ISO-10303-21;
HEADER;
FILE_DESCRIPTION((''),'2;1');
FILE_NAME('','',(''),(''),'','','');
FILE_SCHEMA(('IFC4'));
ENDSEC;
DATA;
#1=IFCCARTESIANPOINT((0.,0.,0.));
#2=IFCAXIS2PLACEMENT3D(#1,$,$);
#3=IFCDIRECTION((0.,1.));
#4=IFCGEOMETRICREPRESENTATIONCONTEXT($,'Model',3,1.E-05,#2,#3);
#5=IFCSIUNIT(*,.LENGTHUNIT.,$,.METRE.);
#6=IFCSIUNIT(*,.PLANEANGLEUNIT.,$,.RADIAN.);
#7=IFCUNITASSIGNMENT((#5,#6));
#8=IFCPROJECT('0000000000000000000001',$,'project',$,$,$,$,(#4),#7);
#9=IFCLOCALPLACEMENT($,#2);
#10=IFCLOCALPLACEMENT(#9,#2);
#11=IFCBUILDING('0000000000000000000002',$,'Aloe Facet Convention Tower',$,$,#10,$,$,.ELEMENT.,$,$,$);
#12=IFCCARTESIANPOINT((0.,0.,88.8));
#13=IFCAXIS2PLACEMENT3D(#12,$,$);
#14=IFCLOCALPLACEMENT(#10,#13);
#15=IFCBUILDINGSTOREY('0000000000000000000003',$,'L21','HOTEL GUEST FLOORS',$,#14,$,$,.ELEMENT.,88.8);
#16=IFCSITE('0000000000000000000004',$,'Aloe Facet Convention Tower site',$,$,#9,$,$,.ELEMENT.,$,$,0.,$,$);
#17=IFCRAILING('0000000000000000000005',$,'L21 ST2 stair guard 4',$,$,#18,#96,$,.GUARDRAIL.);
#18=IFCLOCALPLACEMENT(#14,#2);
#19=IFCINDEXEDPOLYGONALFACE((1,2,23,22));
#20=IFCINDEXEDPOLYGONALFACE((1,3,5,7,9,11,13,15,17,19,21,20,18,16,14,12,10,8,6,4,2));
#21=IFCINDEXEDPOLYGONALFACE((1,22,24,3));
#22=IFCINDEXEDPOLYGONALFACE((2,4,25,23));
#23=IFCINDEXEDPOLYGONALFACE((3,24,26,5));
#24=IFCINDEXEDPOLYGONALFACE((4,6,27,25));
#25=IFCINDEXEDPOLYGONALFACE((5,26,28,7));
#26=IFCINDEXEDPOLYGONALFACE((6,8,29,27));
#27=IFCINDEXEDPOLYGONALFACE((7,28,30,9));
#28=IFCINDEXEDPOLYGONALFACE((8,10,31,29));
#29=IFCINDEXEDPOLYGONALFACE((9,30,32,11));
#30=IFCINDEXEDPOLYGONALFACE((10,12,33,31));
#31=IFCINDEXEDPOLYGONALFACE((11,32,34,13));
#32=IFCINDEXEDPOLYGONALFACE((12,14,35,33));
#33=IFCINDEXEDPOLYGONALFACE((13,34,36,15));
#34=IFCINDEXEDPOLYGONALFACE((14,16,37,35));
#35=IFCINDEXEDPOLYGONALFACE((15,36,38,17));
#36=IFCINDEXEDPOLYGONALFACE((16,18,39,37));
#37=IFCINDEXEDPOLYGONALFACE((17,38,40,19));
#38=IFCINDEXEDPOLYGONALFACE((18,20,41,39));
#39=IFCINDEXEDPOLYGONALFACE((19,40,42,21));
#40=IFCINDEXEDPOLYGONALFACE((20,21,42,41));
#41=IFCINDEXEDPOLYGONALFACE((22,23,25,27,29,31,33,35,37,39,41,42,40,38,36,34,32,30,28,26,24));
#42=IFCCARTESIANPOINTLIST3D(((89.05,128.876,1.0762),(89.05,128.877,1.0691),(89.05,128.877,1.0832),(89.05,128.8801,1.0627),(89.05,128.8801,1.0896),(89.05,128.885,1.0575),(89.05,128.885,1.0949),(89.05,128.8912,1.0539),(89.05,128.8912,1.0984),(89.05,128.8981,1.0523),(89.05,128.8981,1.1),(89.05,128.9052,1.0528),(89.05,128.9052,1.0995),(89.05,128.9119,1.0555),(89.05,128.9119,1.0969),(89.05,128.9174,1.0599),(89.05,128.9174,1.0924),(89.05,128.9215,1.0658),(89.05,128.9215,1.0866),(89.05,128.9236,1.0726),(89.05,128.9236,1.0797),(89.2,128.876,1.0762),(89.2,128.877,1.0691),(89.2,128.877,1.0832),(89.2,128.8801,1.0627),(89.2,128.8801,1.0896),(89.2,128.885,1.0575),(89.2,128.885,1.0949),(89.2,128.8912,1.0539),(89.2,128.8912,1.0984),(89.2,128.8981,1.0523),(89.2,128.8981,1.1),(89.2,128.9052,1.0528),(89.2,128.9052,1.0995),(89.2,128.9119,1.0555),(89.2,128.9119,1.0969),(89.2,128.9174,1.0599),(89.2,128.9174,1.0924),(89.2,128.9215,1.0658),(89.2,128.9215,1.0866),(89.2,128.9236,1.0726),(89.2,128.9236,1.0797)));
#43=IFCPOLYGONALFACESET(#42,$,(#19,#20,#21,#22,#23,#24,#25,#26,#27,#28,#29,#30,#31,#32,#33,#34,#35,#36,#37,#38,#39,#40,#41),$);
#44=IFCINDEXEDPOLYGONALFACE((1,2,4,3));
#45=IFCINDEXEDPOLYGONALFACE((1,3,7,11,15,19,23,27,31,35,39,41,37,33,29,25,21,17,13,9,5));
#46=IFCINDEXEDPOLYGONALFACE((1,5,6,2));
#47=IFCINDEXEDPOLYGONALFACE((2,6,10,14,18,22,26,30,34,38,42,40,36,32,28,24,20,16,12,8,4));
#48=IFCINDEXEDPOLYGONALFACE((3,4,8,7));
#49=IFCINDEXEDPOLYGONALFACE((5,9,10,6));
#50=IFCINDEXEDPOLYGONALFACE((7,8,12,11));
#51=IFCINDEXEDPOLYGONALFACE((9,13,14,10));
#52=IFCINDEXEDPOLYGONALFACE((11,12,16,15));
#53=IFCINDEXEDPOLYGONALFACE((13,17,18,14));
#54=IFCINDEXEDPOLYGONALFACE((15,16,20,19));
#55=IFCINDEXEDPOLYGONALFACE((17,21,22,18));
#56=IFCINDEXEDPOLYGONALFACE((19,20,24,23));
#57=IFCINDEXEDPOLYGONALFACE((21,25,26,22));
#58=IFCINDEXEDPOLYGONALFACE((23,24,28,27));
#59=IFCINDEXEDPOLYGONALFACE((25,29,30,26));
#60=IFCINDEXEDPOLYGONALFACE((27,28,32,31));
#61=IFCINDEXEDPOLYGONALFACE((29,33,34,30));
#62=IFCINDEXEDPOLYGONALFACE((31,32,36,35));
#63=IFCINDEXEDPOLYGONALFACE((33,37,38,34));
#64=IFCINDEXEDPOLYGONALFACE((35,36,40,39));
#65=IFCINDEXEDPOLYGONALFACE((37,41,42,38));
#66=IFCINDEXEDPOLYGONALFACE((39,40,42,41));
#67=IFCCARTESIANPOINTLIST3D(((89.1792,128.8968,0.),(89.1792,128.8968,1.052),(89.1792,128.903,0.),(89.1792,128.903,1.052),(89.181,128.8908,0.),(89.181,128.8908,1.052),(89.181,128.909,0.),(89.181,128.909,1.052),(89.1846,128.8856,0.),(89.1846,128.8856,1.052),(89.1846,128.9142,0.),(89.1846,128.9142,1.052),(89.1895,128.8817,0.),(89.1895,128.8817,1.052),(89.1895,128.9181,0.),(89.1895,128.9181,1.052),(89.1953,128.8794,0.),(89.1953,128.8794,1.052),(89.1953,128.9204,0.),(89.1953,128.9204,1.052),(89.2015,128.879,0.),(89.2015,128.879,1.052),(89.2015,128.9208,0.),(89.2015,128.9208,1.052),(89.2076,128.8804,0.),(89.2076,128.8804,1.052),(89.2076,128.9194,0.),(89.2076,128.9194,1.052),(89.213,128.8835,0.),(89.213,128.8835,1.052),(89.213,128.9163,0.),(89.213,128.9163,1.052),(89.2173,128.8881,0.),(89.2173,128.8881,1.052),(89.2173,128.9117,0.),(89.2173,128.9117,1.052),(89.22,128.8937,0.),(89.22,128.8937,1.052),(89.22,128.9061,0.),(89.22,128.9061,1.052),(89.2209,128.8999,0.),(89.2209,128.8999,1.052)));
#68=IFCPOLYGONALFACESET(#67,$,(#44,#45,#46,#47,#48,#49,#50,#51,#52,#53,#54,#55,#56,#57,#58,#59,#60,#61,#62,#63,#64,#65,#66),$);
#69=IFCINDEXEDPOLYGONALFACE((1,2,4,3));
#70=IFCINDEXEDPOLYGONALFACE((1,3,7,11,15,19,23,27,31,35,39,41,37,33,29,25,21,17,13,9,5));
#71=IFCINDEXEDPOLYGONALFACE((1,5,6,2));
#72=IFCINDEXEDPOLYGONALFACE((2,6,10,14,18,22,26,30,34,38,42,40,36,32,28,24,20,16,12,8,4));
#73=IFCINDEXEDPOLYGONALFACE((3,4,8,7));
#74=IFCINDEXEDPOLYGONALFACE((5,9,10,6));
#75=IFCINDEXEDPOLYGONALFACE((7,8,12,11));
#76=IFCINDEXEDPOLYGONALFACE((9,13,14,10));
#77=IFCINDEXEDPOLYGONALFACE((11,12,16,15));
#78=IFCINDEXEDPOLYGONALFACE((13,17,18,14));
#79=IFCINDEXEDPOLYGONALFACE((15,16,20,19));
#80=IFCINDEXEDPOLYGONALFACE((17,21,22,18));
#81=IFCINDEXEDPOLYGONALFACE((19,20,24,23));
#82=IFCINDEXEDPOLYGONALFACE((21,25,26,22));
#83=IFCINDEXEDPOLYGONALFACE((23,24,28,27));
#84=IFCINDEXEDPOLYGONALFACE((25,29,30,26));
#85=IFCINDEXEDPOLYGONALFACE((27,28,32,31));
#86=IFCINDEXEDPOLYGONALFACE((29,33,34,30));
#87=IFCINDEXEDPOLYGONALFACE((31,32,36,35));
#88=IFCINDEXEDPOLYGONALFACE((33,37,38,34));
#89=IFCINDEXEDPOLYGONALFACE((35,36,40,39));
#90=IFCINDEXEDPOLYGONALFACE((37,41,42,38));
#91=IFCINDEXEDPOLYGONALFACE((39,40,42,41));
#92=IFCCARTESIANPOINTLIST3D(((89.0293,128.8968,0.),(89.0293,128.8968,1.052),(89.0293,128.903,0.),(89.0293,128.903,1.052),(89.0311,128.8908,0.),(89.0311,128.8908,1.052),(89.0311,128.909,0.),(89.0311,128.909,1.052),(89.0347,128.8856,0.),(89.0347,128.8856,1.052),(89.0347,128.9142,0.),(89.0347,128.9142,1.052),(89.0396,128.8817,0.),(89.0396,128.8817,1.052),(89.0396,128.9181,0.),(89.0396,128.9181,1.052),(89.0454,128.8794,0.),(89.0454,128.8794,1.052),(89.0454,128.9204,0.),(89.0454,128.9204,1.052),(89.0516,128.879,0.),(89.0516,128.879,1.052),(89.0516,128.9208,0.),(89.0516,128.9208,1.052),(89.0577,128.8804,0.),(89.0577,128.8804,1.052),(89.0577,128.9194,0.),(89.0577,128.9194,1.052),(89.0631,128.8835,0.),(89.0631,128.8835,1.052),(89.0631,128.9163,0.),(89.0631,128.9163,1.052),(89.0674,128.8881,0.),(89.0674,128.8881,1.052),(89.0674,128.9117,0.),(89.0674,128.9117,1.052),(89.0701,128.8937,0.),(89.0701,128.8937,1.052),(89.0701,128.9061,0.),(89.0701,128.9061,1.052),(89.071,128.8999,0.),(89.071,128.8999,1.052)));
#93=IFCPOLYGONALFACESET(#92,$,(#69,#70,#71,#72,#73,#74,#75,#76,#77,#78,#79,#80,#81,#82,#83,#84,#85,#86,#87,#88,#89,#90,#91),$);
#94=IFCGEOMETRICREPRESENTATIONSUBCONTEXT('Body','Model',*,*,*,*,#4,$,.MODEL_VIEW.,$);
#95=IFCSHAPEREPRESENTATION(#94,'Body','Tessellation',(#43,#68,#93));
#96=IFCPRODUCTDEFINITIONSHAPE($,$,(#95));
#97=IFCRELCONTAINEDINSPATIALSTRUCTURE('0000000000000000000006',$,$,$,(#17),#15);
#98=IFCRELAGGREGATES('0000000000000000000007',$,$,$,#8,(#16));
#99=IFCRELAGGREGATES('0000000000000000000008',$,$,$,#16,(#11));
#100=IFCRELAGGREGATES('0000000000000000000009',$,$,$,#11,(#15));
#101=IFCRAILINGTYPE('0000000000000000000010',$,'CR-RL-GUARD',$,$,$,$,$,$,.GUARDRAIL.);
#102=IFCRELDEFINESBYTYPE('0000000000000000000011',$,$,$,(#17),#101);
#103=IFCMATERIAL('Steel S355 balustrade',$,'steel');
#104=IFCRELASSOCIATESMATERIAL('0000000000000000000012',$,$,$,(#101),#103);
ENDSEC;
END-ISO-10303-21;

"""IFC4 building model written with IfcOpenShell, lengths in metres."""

from ifc_helpers import new_model, si_unit, direction, frame, origin, origin_2d, place, context, subcontext, project, spatial, circle, extrude, material, type_object, element, save


model = new_model("IFC4")

# Units and contexts
model_context = context("Model", 3, precision=1e-05, world=origin(), true_north=direction((0.0, 1.0)))
body_context = subcontext(model_context, "Body", "Model", "MODEL_VIEW")
ifc_project = project(units=[si_unit("LENGTHUNIT", "METRE"), si_unit("PLANEANGLEUNIT", "RADIAN")], contexts=[model_context])

# Site, building, storey
site_placement = place(None, origin())
site = spatial("IfcSite", under=ifc_project, at=site_placement, Name="Aloe Facet Convention Tower site", CompositionType="ELEMENT", RefElevation=0.0)
building_placement = place(site_placement, origin())
building = spatial("IfcBuilding", under=site, at=building_placement, Name="Aloe Facet Convention Tower", CompositionType="ELEMENT")
storey_placement = place(building_placement, frame((0.0, 0.0, 88.8)))
storey = spatial("IfcBuildingStorey", under=building, at=storey_placement, Name="L21", Description="HOTEL GUEST FLOORS", CompositionType="ELEMENT", Elevation=88.8)

# Railing
ifc_material_1 = material(Name="Steel S355 balustrade", Category="steel")
railing_type_1 = type_object("IfcRailingType", Name="CR-RL-GUARD", PredefinedType="GUARDRAIL", material=ifc_material_1)
railing_1_placement = place(storey_placement, frame((89.2, 128.8999, 0.0)))
element("IfcRailing", 1, at=railing_1_placement, inside=storey, type_object=railing_type_1, Name="L21 ST2 stair guard 4", PredefinedType="GUARDRAIL", context=body_context, shape_type="SweptSolid", body=[
    extrude(circle(Radius=0.0239, at=origin_2d()), frame((0.0, 0.0, 1.0762), z_axis=(-1.0, 0.0, 0.0), x_axis=(0.0, -1.0, 0.0)), (0.0, 0.0, 1.0), 0.1499),
    extrude(circle(Radius=0.021, at=origin_2d()), origin(), (0.0, 0.0, 1.0), 1.052),
    extrude(circle(Radius=0.021, at=origin_2d()), frame((-0.1499, 0.0, 0.0)), (0.0, 0.0, 1.0), 1.052),
])

save(model, "model.ifc")
